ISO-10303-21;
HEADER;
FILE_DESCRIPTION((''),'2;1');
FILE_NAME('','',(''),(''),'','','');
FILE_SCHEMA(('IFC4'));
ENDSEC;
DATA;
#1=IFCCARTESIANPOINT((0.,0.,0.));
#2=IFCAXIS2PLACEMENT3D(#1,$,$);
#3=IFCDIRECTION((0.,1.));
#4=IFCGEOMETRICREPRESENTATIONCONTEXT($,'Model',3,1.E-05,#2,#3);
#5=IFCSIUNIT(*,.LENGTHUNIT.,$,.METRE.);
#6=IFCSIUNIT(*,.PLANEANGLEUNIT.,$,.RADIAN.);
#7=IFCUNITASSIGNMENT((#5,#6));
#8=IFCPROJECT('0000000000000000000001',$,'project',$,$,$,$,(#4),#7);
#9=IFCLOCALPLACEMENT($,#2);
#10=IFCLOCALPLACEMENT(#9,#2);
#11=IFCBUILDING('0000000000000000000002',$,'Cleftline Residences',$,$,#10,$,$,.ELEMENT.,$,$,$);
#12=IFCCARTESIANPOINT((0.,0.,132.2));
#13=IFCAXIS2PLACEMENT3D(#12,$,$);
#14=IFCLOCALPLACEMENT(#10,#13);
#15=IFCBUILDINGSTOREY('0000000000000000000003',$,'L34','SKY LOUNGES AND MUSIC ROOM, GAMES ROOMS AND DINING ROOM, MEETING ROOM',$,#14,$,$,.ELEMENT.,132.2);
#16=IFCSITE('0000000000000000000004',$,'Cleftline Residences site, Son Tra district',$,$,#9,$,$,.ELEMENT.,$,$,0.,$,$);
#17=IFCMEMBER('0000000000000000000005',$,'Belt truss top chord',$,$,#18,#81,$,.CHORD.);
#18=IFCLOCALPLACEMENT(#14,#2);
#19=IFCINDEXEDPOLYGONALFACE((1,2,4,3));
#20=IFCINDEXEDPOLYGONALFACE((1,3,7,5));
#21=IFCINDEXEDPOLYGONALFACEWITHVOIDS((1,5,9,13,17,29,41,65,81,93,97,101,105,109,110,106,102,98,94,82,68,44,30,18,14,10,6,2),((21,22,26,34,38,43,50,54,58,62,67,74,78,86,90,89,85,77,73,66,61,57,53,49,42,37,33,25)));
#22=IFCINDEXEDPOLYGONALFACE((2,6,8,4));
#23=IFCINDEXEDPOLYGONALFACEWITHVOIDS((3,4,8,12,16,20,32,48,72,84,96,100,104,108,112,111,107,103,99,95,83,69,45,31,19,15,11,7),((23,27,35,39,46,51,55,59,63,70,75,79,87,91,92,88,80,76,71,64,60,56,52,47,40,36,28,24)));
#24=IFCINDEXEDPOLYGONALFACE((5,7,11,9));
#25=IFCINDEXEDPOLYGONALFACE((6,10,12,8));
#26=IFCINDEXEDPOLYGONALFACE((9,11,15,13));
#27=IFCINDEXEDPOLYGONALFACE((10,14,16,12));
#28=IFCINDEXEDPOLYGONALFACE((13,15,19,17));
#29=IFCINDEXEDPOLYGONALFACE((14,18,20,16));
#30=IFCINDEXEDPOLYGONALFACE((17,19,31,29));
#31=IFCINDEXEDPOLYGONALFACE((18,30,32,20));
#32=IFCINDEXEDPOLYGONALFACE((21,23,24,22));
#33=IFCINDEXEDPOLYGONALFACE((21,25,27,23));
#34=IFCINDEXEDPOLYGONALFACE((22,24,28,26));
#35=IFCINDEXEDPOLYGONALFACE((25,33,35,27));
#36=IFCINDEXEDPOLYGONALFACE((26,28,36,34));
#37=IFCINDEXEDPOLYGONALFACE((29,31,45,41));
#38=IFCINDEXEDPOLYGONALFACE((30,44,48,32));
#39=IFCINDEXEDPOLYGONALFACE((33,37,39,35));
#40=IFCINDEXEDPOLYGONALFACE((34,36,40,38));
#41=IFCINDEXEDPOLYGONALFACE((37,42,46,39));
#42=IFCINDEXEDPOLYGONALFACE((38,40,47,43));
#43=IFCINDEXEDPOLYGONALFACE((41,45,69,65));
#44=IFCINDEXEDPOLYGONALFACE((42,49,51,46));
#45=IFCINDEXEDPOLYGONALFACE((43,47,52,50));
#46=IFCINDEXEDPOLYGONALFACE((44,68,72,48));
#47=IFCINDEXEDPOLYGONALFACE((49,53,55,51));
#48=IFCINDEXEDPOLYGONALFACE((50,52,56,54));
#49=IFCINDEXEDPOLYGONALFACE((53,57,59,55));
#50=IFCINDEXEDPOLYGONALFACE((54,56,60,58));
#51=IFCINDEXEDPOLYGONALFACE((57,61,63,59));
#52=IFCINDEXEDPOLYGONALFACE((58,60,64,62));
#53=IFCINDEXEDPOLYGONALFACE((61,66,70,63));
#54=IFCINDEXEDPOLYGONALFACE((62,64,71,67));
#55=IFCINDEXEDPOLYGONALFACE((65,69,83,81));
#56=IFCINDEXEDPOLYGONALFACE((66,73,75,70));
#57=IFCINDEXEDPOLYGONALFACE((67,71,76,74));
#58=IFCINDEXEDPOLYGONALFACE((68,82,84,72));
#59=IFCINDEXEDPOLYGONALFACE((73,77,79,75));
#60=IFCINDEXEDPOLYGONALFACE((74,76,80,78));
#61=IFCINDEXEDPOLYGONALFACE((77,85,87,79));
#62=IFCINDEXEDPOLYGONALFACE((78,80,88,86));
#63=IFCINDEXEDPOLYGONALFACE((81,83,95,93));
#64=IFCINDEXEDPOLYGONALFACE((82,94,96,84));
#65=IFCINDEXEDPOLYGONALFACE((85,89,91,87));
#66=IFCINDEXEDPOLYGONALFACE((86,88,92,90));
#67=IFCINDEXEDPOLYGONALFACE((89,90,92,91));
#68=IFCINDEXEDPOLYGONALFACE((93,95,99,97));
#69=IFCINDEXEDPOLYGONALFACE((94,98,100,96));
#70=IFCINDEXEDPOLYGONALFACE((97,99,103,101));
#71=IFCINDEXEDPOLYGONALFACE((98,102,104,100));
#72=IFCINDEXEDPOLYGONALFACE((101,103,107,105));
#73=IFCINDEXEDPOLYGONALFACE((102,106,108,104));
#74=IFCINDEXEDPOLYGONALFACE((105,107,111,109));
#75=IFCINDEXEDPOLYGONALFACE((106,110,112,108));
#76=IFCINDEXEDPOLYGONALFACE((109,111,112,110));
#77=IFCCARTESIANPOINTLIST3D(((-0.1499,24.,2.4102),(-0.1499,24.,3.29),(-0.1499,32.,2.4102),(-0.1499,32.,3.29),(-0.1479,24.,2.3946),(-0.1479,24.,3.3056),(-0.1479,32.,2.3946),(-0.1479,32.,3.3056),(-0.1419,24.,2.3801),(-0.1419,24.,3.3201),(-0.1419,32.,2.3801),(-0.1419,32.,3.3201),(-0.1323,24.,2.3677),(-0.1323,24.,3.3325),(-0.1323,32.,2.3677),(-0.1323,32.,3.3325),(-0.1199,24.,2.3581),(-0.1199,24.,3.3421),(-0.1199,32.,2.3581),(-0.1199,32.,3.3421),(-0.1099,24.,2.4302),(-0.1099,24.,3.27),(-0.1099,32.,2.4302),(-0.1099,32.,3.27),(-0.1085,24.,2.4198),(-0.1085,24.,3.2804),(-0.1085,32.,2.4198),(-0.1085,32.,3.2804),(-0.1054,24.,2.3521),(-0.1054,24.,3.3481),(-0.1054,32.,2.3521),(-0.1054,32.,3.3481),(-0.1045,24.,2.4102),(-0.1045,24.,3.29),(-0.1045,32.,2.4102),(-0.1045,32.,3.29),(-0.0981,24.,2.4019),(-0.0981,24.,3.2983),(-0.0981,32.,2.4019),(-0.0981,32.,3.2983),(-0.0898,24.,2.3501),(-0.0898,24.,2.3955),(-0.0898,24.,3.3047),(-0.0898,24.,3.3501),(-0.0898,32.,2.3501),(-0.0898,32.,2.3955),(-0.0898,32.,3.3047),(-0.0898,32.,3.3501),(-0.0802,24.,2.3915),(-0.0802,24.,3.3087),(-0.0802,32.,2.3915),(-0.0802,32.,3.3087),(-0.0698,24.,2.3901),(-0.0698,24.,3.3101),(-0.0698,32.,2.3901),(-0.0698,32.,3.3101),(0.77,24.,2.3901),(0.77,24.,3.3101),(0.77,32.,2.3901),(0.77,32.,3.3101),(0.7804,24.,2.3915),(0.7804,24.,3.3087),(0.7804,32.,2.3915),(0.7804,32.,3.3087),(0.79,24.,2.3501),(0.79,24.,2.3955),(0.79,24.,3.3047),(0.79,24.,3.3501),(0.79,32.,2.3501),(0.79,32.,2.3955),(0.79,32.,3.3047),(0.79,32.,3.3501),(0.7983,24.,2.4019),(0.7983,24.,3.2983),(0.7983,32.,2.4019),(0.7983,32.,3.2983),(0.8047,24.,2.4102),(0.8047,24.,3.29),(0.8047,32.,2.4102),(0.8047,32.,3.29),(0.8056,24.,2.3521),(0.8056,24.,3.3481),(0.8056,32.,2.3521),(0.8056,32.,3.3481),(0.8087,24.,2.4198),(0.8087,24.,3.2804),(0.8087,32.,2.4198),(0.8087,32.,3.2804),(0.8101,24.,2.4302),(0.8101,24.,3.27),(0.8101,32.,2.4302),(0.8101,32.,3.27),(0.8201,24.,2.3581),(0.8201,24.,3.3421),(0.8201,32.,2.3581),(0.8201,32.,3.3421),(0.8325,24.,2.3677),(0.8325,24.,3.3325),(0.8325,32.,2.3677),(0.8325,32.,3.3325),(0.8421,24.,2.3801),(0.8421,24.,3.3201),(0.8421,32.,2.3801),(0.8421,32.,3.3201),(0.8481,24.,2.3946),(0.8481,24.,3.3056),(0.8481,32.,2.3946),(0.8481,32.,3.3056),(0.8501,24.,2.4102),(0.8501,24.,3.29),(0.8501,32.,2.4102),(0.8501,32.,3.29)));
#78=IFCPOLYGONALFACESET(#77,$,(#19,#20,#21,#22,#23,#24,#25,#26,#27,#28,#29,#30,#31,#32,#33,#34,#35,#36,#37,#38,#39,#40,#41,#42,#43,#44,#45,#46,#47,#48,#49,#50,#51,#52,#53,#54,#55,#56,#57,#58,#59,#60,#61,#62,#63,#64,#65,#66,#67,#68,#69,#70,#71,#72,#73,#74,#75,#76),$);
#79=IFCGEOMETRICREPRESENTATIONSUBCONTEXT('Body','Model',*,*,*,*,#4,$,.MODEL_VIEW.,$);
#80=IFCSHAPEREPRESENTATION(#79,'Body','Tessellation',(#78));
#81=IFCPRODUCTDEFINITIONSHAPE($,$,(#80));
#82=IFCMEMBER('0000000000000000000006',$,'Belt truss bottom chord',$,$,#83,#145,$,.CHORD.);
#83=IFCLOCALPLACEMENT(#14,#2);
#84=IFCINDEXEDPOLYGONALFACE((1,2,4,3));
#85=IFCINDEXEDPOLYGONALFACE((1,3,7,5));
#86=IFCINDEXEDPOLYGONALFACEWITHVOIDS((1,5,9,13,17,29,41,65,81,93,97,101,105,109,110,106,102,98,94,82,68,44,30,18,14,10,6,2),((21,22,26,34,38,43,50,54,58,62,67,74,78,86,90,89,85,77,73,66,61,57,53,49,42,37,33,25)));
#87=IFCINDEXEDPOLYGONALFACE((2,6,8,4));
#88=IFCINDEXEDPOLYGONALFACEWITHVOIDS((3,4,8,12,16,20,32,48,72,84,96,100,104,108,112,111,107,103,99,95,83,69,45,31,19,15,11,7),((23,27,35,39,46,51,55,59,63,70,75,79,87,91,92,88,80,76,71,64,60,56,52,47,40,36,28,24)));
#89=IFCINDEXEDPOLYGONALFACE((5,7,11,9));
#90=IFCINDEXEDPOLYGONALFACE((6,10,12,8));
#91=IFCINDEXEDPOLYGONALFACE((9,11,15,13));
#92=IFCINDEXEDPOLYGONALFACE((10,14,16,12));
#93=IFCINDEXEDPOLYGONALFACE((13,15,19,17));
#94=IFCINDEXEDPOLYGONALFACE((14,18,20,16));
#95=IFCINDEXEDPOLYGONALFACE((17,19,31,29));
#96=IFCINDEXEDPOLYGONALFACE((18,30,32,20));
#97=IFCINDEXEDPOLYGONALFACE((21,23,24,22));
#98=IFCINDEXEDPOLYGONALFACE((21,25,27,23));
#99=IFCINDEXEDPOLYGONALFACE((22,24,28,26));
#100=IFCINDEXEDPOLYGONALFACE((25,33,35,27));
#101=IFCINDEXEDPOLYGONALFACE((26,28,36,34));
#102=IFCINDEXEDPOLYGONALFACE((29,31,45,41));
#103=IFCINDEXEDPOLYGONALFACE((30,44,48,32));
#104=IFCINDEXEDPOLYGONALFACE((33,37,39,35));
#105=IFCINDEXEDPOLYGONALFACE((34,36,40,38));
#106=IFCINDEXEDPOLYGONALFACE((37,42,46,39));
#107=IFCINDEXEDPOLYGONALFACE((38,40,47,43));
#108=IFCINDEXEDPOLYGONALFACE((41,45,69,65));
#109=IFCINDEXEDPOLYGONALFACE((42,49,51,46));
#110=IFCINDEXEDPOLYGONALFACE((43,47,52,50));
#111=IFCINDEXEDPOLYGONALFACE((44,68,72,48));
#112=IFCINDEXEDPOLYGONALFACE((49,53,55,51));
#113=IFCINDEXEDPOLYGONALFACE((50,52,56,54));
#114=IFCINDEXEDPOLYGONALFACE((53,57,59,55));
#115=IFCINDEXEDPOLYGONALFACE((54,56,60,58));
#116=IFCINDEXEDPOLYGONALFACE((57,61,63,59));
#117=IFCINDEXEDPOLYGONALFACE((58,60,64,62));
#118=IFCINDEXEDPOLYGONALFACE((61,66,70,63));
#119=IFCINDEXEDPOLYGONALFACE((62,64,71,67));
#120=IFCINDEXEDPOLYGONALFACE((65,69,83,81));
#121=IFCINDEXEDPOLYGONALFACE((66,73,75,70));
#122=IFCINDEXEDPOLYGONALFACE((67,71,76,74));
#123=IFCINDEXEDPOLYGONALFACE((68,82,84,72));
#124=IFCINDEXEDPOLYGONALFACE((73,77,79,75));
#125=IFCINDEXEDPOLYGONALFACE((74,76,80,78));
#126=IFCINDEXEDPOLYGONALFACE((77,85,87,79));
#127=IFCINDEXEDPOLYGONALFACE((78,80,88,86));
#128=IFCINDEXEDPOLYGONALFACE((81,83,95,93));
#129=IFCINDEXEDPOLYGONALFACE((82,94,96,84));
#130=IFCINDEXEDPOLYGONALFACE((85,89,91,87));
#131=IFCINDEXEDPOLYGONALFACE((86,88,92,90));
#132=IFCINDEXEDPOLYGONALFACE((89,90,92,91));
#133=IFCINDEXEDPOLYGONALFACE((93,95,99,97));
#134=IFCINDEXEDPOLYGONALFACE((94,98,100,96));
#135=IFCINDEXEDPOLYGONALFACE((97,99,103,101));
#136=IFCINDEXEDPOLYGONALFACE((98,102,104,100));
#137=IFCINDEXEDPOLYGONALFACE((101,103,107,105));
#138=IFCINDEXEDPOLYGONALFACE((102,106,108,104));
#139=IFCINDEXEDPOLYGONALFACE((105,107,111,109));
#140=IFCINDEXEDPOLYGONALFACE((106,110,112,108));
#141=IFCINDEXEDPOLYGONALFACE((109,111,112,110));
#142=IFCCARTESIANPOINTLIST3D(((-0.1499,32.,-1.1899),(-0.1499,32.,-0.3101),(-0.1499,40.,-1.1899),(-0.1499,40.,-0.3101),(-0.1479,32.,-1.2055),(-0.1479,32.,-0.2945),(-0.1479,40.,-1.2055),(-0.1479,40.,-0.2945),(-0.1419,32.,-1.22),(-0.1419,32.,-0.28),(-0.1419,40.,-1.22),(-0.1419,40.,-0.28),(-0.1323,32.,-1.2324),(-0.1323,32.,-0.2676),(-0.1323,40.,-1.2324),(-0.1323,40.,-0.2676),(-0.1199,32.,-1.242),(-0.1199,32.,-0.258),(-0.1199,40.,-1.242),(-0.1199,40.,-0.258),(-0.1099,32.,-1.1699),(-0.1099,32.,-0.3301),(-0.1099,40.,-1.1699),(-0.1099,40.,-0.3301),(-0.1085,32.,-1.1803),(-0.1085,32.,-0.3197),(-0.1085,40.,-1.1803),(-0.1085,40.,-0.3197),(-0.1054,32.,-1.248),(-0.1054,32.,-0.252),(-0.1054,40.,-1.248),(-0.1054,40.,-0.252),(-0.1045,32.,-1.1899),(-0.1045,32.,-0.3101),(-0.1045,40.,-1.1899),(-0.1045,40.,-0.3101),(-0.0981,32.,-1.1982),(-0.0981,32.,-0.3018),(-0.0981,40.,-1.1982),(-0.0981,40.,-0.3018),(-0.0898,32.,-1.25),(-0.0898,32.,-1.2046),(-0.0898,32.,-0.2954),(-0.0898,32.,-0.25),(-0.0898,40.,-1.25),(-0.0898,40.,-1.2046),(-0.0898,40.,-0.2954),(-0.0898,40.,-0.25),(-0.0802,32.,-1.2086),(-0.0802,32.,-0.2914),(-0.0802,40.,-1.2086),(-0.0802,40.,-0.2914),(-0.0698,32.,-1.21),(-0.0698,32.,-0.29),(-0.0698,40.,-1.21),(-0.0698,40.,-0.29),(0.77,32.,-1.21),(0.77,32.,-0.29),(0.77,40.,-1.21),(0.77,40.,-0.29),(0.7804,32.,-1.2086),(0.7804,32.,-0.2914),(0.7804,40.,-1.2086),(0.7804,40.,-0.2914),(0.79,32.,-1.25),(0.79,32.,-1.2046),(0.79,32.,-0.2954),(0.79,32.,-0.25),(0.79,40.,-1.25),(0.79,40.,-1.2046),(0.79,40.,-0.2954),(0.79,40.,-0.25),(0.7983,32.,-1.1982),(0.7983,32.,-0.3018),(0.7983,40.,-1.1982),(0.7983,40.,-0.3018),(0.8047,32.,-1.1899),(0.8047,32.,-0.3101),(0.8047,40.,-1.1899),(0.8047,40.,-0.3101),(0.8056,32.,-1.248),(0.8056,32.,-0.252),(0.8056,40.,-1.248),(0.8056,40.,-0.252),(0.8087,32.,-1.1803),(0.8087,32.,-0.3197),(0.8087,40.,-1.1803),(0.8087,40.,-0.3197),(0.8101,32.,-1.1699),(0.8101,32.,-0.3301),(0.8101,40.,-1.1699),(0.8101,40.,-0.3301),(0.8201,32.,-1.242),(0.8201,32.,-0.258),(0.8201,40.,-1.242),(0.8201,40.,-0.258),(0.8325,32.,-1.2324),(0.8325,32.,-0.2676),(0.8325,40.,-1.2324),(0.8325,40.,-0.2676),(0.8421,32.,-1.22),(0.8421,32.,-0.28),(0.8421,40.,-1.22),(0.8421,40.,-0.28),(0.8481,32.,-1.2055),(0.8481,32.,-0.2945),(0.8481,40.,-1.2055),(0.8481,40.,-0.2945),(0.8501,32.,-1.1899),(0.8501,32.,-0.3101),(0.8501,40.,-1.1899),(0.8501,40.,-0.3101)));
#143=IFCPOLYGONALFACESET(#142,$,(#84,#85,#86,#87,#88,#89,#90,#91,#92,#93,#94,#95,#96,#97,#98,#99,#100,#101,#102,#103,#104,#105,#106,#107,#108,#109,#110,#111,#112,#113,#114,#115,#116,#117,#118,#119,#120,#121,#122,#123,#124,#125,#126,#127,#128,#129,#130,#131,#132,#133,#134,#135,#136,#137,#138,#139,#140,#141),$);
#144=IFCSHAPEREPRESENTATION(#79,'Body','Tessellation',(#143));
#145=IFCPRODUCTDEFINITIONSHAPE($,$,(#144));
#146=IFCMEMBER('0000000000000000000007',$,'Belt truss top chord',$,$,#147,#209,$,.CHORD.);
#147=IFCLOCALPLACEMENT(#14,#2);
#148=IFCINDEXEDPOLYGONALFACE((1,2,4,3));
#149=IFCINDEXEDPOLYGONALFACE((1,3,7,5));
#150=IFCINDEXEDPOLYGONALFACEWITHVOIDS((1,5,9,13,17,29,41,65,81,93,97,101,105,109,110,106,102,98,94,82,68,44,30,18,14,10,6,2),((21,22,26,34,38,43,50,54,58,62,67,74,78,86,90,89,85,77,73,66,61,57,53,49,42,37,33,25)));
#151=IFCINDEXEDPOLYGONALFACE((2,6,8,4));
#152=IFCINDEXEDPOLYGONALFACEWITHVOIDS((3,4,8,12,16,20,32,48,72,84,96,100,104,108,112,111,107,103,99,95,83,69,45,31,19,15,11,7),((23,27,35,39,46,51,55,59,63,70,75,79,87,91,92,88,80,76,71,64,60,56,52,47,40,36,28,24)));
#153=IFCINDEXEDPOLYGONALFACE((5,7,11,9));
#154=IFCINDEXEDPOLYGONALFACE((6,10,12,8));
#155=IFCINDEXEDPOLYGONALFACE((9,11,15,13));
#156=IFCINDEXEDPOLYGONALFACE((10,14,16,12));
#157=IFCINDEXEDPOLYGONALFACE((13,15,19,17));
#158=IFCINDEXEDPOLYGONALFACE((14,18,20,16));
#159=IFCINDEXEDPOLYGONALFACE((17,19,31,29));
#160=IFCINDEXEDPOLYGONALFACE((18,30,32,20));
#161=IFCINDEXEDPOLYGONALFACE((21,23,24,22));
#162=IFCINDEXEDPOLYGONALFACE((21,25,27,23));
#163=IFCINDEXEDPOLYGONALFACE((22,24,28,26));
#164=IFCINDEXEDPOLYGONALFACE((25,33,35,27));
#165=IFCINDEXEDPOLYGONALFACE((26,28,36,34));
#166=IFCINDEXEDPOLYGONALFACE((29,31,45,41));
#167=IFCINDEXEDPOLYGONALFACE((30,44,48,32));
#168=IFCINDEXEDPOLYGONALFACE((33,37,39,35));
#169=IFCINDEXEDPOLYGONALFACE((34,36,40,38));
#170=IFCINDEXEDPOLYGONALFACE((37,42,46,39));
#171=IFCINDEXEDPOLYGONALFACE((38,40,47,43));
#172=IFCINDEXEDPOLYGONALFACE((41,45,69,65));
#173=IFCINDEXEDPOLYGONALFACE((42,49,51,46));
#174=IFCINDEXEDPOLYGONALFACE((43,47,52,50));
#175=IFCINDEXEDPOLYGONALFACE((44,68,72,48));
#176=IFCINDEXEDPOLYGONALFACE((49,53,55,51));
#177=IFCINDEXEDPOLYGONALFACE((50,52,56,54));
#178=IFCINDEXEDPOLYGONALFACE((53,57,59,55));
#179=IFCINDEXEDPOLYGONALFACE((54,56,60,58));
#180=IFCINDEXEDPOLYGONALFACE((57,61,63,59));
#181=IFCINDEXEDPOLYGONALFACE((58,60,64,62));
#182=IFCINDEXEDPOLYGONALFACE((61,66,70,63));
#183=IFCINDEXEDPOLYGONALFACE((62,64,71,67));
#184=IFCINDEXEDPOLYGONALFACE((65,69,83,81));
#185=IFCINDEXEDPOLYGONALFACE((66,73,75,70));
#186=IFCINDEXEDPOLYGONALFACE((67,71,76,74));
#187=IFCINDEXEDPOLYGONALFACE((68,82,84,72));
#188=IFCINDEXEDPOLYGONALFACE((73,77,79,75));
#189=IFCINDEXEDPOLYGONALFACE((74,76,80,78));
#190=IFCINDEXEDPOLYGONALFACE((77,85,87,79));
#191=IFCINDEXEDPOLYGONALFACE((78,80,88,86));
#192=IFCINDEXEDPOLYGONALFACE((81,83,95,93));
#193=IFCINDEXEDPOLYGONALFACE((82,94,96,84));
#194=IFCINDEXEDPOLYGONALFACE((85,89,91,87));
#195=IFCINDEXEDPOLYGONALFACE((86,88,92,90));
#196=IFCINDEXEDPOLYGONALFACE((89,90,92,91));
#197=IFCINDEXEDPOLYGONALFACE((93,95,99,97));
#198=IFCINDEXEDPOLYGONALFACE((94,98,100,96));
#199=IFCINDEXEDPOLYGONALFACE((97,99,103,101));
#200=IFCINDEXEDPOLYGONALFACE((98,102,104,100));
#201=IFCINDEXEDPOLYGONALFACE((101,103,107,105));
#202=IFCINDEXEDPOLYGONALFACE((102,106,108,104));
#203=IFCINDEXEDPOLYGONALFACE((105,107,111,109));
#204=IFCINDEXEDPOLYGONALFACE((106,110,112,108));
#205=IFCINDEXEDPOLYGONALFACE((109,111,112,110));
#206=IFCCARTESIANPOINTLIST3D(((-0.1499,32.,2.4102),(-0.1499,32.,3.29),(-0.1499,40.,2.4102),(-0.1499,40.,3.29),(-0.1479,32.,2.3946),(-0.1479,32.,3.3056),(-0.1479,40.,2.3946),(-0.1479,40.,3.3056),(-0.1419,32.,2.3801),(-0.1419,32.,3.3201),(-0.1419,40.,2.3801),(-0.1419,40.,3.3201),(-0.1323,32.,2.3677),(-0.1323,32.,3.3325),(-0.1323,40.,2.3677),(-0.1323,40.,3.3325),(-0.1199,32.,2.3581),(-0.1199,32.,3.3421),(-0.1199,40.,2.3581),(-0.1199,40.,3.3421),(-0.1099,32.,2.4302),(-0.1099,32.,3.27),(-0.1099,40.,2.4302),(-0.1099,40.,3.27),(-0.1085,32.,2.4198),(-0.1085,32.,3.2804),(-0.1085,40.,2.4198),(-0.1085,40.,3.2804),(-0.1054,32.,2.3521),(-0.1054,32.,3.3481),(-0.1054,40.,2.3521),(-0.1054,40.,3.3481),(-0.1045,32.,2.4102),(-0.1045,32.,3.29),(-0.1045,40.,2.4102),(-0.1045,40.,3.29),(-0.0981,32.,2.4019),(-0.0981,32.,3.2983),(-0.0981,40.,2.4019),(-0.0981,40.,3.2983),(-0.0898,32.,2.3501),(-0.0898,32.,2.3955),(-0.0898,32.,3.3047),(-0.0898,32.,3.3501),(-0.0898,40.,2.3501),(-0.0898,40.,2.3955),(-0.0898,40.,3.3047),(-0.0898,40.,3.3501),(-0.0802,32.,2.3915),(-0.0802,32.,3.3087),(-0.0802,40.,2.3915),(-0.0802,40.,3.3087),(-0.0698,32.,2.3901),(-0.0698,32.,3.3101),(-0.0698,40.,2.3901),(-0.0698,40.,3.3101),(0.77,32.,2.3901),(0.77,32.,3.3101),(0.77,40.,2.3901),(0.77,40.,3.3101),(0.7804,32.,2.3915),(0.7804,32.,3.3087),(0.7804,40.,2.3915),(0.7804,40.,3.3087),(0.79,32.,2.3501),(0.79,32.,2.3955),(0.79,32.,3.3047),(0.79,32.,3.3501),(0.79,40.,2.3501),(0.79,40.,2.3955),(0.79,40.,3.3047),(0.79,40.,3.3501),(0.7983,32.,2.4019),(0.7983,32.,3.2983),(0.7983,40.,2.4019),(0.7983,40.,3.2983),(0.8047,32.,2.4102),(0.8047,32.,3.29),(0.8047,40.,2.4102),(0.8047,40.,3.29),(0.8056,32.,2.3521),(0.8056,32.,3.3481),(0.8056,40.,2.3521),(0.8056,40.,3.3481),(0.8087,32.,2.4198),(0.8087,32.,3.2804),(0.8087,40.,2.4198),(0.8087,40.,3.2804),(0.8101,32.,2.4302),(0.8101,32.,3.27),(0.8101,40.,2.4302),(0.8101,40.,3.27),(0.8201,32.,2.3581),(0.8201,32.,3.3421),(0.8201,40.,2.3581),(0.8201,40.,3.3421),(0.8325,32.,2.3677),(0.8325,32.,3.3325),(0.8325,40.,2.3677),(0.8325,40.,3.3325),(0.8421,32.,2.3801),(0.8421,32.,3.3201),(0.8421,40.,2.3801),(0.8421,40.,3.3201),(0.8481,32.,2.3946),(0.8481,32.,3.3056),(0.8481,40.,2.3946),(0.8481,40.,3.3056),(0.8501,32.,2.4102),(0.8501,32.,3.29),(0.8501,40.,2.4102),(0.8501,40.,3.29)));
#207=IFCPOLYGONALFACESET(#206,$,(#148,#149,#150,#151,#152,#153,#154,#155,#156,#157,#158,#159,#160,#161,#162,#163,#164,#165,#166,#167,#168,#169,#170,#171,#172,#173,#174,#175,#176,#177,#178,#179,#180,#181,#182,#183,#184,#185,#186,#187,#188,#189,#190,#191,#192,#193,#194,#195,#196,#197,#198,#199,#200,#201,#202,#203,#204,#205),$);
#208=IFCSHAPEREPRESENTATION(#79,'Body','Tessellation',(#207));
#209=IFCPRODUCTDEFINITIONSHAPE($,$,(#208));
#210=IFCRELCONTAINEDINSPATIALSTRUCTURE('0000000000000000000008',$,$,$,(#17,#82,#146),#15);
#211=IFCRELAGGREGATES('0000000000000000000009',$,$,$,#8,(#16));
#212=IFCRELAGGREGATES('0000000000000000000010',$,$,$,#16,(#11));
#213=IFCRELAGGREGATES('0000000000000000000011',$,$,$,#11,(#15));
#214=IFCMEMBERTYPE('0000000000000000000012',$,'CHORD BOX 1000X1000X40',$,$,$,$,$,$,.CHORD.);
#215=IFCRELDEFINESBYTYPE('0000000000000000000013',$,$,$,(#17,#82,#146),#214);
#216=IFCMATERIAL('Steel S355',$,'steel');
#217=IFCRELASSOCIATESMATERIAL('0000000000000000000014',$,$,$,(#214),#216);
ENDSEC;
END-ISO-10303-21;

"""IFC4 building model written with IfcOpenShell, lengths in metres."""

from ifc_helpers import new_model, si_unit, direction, frame, origin, origin_2d, place, context, subcontext, project, spatial, hollow_rectangle, extrude, material, material_profile, profile_set, type_object, element, save


model = new_model("IFC4")

# Units and contexts
model_context = context("Model", 3, precision=1e-05, world=origin(), true_north=direction((0.0, 1.0)))
body_context = subcontext(model_context, "Body", "Model", "MODEL_VIEW")
ifc_project = project(units=[si_unit("LENGTHUNIT", "METRE"), si_unit("PLANEANGLEUNIT", "RADIAN")], contexts=[model_context])

# Site, building, storey
site_placement = place(None, origin())
site = spatial("IfcSite", under=ifc_project, at=site_placement, Name="Cleftline Residences site, Son Tra district", CompositionType="ELEMENT", RefElevation=0.0)
building_placement = place(site_placement, origin())
building = spatial("IfcBuilding", under=site, at=building_placement, Name="Cleftline Residences", CompositionType="ELEMENT")
storey_placement = place(building_placement, frame((0.0, 0.0, 132.2)))
storey = spatial("IfcBuildingStorey", under=building, at=storey_placement, Name="L34", Description="SKY LOUNGES AND MUSIC ROOM, GAMES ROOMS AND DINING ROOM, MEETING ROOM", CompositionType="ELEMENT", Elevation=132.2)

# Members
ifc_material_1 = material(Name="Steel S355", Category="steel")
ifc_material_profile_1 = material_profile(ifc_material_1, hollow_rectangle(XDim=1.0, YDim=1.0, WallThickness=0.04, InnerFilletRadius=0.04, OuterFilletRadius=0.0601, at=origin_2d()))
ifc_profile_set_1 = profile_set([ifc_material_profile_1], Name="Steel S355")
member_type_1 = type_object("IfcMemberType", Name="CHORD BOX 1000X1000X40", PredefinedType="CHORD", material=ifc_profile_set_1)
for number, where, z_axis, x_axis, name in (
    (1, (0.3501, 24.0, 2.8501), (0.0, 1.0, 0.0), (-1.0, 0.0, 0.0), "Belt truss top chord"),
    (2, (0.3501, 32.0, -0.75), (0.0, 1.0, 0.0), (-1.0, 0.0, 0.0), "Belt truss bottom chord"),
    (3, (0.3501, 32.0, 2.8501), (0.0, 1.0, 0.0), (-1.0, 0.0, 0.0), "Belt truss top chord"),
):
    element("IfcMember", number, at=place(storey_placement, frame(where, z_axis=z_axis, x_axis=x_axis)), inside=storey, type_object=member_type_1, Name=name, PredefinedType="CHORD", context=body_context, shape_type="SweptSolid", body=[
        extrude(hollow_rectangle(XDim=1.0, YDim=1.0, WallThickness=0.04, InnerFilletRadius=0.04, OuterFilletRadius=0.0601, at=origin_2d()), origin(), (0.0, 0.0, 1.0), 8.0),
    ])

save(model, "model.ifc")
